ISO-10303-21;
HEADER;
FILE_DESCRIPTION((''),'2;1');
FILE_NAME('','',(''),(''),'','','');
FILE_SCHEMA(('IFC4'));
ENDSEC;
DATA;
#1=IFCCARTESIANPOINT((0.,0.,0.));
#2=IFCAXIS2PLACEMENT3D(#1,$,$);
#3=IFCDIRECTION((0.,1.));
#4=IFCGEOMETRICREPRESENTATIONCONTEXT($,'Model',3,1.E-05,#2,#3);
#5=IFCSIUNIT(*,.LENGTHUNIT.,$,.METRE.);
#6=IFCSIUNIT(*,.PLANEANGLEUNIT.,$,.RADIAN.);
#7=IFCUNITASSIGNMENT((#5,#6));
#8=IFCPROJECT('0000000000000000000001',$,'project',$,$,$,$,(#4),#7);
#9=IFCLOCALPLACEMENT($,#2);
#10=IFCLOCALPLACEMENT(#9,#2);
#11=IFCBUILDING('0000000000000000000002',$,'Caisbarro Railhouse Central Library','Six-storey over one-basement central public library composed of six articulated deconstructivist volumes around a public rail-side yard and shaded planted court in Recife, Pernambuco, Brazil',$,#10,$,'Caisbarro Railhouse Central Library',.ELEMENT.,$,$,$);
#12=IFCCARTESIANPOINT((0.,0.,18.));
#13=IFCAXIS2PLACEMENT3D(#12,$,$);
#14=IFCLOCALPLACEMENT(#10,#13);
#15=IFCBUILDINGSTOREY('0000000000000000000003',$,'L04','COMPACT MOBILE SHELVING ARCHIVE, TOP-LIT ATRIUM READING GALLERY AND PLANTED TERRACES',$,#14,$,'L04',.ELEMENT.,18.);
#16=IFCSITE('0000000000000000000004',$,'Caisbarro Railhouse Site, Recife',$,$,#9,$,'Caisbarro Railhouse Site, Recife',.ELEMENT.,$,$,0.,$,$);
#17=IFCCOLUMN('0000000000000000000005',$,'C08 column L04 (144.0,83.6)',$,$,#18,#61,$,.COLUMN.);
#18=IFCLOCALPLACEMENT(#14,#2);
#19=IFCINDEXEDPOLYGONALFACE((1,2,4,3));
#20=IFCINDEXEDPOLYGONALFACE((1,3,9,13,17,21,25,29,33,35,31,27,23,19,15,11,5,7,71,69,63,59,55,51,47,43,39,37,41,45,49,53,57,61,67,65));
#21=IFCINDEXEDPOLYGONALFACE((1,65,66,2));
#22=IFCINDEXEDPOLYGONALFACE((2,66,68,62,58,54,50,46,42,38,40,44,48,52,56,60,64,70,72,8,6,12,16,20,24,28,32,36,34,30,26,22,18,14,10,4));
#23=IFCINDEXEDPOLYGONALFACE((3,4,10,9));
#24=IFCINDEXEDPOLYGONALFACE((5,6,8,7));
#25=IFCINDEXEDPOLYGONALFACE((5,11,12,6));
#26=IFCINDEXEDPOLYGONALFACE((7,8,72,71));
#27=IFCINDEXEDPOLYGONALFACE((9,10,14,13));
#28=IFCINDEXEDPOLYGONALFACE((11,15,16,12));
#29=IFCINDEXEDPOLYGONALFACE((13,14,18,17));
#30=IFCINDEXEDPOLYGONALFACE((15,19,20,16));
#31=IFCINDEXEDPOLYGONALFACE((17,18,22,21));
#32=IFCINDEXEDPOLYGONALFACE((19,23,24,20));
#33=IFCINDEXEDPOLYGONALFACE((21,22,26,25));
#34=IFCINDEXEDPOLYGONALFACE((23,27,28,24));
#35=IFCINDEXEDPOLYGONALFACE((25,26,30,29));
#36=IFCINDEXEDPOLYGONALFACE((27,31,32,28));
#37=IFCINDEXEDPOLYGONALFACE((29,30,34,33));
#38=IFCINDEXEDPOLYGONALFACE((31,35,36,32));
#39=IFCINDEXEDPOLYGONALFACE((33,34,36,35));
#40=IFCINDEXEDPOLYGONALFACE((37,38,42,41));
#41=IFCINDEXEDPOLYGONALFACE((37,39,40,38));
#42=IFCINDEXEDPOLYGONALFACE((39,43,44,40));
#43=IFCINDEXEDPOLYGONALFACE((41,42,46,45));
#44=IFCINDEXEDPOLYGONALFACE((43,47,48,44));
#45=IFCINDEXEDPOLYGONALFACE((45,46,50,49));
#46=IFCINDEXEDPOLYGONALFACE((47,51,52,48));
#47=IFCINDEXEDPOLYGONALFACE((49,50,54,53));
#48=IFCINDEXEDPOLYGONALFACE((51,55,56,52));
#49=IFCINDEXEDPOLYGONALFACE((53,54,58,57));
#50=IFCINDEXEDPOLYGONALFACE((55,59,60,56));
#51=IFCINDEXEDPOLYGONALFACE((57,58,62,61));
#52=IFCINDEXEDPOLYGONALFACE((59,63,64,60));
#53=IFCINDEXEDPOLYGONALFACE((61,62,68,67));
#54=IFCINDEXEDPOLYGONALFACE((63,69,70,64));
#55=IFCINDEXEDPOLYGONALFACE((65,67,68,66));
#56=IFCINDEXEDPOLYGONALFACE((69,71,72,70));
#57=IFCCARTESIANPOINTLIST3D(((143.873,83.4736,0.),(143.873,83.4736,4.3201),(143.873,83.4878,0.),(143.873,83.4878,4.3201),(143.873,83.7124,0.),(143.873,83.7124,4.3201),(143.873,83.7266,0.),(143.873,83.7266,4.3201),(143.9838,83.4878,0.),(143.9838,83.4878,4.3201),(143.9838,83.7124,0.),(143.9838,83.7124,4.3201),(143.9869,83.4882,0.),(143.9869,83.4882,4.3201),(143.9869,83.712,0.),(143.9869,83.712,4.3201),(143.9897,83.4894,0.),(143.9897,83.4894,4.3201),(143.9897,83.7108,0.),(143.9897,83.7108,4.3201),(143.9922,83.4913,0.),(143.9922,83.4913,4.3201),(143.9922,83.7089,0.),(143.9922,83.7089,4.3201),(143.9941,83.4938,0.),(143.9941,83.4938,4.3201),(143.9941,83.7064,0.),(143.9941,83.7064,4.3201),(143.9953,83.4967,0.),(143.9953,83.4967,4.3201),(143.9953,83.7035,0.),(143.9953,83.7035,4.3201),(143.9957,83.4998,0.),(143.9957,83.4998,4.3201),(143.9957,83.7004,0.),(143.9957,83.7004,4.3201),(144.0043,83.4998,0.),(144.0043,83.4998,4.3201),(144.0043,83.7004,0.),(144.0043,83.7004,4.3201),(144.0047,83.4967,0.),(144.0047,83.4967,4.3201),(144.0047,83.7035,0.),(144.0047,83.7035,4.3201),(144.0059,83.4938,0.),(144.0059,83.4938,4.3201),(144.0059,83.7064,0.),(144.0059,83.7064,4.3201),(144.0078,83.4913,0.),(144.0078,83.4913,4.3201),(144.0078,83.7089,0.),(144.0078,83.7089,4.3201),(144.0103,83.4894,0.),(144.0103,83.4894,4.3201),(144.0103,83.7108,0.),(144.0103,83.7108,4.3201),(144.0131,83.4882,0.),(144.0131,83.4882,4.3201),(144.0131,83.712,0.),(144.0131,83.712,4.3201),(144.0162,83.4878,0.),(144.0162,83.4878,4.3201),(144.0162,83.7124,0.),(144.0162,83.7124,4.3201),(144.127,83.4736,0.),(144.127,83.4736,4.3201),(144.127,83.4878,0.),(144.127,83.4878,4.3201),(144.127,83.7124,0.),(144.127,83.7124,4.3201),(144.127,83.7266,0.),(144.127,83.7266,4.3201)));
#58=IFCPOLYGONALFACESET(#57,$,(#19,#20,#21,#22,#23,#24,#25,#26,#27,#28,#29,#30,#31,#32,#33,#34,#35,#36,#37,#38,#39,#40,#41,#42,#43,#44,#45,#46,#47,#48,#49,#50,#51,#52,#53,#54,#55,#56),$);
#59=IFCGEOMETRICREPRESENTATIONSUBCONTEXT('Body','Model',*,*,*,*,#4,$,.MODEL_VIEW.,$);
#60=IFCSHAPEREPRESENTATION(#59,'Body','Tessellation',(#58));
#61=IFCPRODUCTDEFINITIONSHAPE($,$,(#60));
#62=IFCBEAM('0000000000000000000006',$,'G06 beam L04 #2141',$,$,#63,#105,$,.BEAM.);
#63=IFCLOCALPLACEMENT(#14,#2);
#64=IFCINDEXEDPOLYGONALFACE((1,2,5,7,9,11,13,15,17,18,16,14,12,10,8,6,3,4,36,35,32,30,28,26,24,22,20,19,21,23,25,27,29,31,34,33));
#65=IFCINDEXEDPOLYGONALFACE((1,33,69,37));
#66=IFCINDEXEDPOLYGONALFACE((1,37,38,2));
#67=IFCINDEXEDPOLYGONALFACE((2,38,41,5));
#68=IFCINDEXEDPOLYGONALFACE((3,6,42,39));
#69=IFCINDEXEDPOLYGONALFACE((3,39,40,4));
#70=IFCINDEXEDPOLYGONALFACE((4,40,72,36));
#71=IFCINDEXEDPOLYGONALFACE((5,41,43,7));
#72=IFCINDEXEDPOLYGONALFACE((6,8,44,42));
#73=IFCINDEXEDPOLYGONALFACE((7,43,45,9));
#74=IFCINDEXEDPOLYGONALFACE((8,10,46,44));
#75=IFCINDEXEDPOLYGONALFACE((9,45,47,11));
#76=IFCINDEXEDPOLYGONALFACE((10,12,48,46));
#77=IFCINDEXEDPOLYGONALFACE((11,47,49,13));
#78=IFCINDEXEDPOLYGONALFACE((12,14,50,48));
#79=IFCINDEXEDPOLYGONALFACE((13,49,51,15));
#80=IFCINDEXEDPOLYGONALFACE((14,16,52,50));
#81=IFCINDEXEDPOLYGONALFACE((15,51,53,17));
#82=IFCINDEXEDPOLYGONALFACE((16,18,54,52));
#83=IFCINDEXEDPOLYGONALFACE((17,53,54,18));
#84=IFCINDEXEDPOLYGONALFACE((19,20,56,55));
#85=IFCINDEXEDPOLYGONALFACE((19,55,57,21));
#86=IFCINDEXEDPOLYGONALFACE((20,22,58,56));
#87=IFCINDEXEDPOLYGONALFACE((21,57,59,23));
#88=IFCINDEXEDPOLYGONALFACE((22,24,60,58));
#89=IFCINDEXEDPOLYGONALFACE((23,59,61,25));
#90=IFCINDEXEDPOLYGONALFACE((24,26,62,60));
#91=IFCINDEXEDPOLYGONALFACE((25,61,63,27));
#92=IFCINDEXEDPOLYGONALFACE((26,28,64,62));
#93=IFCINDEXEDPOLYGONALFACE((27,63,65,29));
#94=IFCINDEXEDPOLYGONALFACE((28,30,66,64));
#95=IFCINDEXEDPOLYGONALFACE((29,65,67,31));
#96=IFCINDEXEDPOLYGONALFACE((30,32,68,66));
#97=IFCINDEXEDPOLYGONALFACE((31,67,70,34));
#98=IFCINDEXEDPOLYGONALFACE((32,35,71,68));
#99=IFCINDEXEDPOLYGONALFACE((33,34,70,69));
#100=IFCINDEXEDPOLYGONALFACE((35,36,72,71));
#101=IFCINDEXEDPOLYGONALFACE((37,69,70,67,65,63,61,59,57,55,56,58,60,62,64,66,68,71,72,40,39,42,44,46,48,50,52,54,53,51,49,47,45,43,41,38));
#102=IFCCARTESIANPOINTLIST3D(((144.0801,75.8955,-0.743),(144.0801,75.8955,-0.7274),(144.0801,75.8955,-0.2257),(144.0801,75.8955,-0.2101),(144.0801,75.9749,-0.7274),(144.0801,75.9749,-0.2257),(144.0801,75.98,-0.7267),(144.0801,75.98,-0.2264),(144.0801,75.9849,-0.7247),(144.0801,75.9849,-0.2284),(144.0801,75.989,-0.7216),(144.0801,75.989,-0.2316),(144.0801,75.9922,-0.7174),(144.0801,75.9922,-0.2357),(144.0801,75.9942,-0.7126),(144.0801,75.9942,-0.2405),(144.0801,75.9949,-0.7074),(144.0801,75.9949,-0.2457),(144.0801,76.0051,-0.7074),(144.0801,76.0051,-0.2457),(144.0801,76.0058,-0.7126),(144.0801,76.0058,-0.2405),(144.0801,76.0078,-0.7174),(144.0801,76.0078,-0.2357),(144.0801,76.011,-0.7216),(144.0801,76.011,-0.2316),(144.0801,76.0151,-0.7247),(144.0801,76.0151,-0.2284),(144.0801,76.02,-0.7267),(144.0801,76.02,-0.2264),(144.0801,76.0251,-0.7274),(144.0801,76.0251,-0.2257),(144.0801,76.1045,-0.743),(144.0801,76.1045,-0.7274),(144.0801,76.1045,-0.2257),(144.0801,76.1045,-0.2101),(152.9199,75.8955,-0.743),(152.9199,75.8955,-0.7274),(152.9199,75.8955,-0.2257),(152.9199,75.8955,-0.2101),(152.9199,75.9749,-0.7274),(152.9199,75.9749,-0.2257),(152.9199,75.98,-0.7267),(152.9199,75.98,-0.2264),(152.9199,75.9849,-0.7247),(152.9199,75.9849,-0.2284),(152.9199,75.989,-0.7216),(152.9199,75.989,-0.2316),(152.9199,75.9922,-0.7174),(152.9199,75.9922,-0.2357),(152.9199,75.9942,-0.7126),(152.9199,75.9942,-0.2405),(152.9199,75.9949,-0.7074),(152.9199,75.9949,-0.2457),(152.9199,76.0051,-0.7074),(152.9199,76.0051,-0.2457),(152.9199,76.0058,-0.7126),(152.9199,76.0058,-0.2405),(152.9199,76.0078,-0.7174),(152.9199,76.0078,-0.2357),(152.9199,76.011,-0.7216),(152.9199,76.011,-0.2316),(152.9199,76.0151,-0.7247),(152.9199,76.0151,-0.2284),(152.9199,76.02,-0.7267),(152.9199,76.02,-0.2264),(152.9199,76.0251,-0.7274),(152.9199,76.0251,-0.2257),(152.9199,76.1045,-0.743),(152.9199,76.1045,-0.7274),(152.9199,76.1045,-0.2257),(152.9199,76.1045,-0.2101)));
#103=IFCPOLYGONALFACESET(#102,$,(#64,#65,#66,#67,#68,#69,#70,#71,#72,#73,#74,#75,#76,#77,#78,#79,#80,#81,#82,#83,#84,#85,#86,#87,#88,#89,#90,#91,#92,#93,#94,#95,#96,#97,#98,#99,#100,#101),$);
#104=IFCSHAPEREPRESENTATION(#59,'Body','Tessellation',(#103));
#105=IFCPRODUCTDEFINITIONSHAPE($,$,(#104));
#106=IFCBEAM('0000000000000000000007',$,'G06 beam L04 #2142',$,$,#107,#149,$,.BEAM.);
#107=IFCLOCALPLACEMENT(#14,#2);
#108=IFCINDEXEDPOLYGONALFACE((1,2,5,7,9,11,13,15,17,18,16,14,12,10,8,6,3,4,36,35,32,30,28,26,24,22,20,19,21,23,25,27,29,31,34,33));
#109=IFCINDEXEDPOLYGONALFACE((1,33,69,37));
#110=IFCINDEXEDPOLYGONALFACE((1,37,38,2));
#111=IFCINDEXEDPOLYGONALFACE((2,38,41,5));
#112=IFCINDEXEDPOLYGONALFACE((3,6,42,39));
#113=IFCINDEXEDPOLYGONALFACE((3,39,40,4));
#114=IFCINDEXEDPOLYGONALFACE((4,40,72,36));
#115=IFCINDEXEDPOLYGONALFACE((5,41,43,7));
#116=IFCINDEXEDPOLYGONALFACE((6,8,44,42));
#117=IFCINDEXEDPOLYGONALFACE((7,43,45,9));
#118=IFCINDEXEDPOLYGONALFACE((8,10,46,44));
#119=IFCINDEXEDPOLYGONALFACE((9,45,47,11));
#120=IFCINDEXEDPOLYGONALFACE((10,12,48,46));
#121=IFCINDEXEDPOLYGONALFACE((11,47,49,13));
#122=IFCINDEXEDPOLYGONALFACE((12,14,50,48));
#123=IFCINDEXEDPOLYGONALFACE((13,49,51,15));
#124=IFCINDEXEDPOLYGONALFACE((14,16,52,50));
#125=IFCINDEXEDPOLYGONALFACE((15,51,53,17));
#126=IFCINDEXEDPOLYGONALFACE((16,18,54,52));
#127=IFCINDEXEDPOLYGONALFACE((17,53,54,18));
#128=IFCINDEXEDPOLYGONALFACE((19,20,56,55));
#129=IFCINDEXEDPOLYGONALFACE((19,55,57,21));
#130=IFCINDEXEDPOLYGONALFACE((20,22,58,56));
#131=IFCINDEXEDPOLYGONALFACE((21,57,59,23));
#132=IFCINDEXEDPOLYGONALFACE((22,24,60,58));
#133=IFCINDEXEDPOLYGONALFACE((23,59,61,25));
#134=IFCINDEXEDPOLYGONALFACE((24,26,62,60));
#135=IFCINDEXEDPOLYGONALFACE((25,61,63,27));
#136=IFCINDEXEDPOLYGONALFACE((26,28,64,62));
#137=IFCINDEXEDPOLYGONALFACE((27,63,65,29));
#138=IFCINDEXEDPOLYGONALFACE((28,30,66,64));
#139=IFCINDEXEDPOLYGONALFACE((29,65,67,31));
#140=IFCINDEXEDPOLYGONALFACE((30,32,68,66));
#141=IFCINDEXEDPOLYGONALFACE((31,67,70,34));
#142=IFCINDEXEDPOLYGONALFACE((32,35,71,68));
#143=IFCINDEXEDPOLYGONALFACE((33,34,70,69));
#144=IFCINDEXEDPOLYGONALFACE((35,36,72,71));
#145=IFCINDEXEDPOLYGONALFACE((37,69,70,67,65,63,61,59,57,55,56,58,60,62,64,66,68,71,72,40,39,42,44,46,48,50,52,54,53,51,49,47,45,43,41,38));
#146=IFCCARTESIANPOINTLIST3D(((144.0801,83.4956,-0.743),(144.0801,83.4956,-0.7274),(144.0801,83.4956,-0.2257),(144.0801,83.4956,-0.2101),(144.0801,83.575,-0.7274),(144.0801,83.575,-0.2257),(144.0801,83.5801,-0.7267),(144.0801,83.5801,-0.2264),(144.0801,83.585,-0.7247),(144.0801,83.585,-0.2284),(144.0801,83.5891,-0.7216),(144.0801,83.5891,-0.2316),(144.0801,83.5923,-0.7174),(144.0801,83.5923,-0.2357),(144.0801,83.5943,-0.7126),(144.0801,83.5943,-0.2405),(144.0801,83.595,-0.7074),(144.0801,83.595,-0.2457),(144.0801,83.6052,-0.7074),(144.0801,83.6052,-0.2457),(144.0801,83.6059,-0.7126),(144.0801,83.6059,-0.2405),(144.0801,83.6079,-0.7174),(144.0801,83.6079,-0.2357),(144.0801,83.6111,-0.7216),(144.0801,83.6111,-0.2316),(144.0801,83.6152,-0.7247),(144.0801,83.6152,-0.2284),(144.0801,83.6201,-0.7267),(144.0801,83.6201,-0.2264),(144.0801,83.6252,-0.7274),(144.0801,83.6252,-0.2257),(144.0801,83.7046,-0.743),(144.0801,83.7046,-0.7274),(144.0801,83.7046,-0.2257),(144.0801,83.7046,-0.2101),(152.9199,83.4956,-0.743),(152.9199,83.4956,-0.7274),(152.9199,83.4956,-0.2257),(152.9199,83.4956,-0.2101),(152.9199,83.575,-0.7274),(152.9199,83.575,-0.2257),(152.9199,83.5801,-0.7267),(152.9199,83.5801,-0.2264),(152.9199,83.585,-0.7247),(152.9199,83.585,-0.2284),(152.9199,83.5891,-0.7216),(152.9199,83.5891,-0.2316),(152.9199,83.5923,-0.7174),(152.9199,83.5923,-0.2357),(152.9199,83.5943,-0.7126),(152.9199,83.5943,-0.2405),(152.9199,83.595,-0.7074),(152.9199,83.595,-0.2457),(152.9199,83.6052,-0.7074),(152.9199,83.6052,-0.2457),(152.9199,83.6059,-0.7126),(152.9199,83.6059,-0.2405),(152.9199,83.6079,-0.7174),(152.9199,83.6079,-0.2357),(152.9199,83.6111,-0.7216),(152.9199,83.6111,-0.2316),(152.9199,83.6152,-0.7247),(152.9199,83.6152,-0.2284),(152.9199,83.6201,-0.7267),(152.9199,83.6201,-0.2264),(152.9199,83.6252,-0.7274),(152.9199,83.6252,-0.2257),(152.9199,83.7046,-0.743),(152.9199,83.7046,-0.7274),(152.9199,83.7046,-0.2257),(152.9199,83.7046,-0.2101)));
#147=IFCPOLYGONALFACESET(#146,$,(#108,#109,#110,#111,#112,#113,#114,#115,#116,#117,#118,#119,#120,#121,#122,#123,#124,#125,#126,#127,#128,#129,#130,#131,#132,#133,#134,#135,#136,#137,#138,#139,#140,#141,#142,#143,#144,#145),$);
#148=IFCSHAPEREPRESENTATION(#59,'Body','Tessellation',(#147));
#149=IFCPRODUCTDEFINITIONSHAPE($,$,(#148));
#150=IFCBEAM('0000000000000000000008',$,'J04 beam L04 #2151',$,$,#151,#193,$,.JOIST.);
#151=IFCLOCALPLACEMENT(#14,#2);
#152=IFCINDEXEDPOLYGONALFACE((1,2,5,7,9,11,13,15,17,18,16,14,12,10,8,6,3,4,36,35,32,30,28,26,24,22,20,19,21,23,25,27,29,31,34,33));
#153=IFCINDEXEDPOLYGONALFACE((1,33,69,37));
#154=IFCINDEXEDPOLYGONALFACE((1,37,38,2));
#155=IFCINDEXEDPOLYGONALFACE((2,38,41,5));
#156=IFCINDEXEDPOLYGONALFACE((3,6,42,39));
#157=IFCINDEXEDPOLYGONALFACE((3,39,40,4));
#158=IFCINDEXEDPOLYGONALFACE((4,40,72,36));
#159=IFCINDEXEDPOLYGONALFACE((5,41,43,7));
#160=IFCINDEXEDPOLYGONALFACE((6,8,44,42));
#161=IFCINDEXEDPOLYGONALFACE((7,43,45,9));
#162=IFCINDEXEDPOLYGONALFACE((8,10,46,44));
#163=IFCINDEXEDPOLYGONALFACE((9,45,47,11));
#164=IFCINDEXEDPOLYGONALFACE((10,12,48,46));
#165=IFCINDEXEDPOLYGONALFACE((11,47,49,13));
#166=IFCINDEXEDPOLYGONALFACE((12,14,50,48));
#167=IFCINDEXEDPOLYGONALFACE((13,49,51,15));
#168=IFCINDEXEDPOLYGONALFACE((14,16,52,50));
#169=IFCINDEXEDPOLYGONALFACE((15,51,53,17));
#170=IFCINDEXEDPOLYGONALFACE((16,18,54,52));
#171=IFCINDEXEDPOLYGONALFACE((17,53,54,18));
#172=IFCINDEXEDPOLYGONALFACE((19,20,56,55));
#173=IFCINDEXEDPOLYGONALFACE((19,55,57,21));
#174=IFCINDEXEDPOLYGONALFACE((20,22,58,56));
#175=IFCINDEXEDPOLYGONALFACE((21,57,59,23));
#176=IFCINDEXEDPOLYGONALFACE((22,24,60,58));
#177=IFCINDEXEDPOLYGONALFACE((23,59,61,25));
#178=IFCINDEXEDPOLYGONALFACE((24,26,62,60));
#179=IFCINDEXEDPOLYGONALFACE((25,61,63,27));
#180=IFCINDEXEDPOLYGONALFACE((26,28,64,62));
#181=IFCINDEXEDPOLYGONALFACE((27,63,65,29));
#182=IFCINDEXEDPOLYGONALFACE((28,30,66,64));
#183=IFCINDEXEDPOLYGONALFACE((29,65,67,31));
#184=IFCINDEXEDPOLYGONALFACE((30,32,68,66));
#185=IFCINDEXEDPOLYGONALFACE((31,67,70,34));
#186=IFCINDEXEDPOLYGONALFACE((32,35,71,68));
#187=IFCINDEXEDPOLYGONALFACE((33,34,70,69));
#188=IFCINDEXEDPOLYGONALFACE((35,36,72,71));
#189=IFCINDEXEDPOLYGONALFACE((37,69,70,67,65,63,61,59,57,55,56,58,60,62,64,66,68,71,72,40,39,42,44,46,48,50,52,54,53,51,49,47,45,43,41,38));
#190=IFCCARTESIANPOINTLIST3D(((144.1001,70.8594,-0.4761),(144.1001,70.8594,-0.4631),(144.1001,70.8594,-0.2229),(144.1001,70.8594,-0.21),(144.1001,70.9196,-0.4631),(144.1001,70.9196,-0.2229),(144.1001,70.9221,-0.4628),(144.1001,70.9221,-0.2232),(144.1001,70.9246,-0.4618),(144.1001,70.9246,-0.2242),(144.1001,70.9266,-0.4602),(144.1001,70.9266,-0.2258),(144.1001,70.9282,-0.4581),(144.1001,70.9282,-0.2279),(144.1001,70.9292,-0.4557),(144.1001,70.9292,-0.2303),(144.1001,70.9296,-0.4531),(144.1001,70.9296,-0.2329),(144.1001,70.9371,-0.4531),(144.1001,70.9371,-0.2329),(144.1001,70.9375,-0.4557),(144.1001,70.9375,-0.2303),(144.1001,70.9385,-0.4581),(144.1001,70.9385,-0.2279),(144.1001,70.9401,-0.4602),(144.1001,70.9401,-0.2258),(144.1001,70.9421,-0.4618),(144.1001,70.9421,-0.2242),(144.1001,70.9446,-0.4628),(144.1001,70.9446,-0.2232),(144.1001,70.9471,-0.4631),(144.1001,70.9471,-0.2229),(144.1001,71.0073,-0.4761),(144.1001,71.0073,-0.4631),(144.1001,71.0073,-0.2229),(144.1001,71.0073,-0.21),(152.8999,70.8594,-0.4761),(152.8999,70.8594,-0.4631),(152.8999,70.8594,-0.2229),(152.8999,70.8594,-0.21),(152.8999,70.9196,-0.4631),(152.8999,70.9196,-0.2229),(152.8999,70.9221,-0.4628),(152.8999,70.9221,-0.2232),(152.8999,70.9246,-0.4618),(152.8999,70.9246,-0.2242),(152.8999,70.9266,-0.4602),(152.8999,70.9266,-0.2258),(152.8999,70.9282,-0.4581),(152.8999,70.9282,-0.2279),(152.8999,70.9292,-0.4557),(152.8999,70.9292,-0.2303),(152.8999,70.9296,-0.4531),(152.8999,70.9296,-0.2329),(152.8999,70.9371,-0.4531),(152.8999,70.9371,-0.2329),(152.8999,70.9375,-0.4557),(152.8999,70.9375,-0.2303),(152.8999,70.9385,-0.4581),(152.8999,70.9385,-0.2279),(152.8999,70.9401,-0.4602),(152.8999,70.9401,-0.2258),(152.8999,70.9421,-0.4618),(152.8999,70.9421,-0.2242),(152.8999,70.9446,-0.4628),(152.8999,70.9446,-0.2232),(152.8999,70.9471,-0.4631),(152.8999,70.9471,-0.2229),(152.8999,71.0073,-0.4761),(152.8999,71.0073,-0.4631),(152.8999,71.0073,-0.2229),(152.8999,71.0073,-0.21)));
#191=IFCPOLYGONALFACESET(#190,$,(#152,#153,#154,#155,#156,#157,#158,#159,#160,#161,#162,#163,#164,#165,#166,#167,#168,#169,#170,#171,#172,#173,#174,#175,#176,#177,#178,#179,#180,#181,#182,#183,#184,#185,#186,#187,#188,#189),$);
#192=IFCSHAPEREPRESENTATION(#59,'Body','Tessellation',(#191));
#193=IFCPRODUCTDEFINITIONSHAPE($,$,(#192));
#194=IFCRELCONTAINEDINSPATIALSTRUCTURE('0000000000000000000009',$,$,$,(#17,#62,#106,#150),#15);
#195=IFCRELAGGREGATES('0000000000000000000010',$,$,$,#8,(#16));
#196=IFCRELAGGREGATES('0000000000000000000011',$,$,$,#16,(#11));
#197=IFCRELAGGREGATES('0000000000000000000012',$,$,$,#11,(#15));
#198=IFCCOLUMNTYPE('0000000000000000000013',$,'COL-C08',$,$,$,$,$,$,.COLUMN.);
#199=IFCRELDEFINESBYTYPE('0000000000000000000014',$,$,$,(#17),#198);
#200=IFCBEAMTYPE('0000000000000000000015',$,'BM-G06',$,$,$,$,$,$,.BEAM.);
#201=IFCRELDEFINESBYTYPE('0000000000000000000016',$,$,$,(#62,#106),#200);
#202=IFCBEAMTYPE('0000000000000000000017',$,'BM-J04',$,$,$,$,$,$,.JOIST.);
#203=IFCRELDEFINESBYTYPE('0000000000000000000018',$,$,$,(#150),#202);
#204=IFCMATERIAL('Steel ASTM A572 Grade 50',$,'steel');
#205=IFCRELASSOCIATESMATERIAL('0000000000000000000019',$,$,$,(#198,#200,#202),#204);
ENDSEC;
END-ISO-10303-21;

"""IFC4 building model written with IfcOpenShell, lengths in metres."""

from ifc_helpers import new_model, si_unit, direction, frame, origin, origin_2d, place, context, subcontext, project, spatial, i_section, extrude, material, material_profile, profile_set, type_object, element, save


model = new_model("IFC4")

# Units and contexts
model_context = context("Model", 3, precision=1e-05, world=origin(), true_north=direction((0.0, 1.0)))
body_context = subcontext(model_context, "Body", "Model", "MODEL_VIEW")
ifc_project = project(units=[si_unit("LENGTHUNIT", "METRE"), si_unit("PLANEANGLEUNIT", "RADIAN")], contexts=[model_context])

# Site, building, storey
site_placement = place(None, origin())
site = spatial("IfcSite", under=ifc_project, at=site_placement, Name="Caisbarro Railhouse Site, Recife", LongName="Caisbarro Railhouse Site, Recife", CompositionType="ELEMENT", RefElevation=0.0)
building_placement = place(site_placement, origin())
building = spatial("IfcBuilding", under=site, at=building_placement, Name="Caisbarro Railhouse Central Library", Description="Six-storey over one-basement central public library composed of six articulated deconstructivist volumes around a public rail-side yard and shaded planted court in Recife, Pernambuco, Brazil", LongName="Caisbarro Railhouse Central Library", CompositionType="ELEMENT")
storey_placement = place(building_placement, frame((0.0, 0.0, 18.0)))
storey = spatial("IfcBuildingStorey", under=building, at=storey_placement, Name="L04", Description="COMPACT MOBILE SHELVING ARCHIVE, TOP-LIT ATRIUM READING GALLERY AND PLANTED TERRACES", LongName="L04", CompositionType="ELEMENT", Elevation=18.0)

# Column
ifc_material_1 = material(Name="Steel ASTM A572 Grade 50", Category="steel")
ifc_material_profile_1 = material_profile(ifc_material_1, i_section(OverallWidth=0.2539, OverallDepth=0.2529, WebThickness=0.0085, FlangeThickness=0.0142, FilletRadius=0.012, at=origin_2d()), Name="W250X73.0")
ifc_profile_set_1 = profile_set([ifc_material_profile_1], Name="Steel ASTM A572 Grade 50")
column_type = type_object("IfcColumnType", Name="COL-C08", PredefinedType="COLUMN", material=ifc_profile_set_1)
column_placement = place(storey_placement, frame((144.0, 83.6001, 0.0), z_axis=(0.0, 0.0, 1.0), x_axis=(1.0, 0.0, 0.0)))
element("IfcColumn", 1, at=column_placement, inside=storey, type_object=column_type, Name="C08 column L04 (144.0,83.6)", PredefinedType="COLUMN", context=body_context, shape_type="SweptSolid", body=[
    extrude(i_section(OverallWidth=0.2539, OverallDepth=0.2529, WebThickness=0.0085, FlangeThickness=0.0142, FilletRadius=0.012, at=origin_2d()), origin(), (0.0, 0.0, 1.0), 4.3201),
])

# Beams
ifc_material_profile_2 = material_profile(ifc_material_1, i_section(OverallWidth=0.209, OverallDepth=0.533, WebThickness=0.0103, FlangeThickness=0.0156, FilletRadius=0.02, at=origin_2d()), Name="W530X92.0")
ifc_profile_set_2 = profile_set([ifc_material_profile_2], Name="Steel ASTM A572 Grade 50")
beam_type_1 = type_object("IfcBeamType", Name="BM-G06", PredefinedType="BEAM", material=ifc_profile_set_2)
for number, where, z_axis, x_axis, name in (
    (2, (144.0801, 76.0, -0.4766), (1.0, 0.0, 0.0), (0.0, 1.0, 0.0), "G06 beam L04 #2141"),
    (3, (144.0801, 83.6001, -0.4766), (1.0, 0.0, 0.0), (0.0, 1.0, 0.0), "G06 beam L04 #2142"),
):
    element("IfcBeam", number, at=place(storey_placement, frame(where, z_axis=z_axis, x_axis=x_axis)), inside=storey, type_object=beam_type_1, Name=name, PredefinedType="BEAM", context=body_context, shape_type="SweptSolid", body=[
        extrude(i_section(OverallWidth=0.209, OverallDepth=0.533, WebThickness=0.0103, FlangeThickness=0.0156, FilletRadius=0.02, at=origin_2d()), origin(), (0.0, 0.0, 1.0), 8.8398),
    ])
ifc_material_profile_3 = material_profile(ifc_material_1, i_section(OverallWidth=0.1479, OverallDepth=0.2661, WebThickness=0.0076, FlangeThickness=0.0129, FilletRadius=0.01, at=origin_2d()), Name="W250X44.8")
ifc_profile_set_3 = profile_set([ifc_material_profile_3], Name="Steel ASTM A572 Grade 50")
beam_type_2 = type_object("IfcBeamType", Name="BM-J04", PredefinedType="JOIST", material=ifc_profile_set_3)
for number, where, z_axis, x_axis, name in (
    (4, (144.1001, 70.9333, -0.343), (1.0, 0.0, 0.0), (0.0, 1.0, 0.0), "J04 beam L04 #2151"),
):
    element("IfcBeam", number, at=place(storey_placement, frame(where, z_axis=z_axis, x_axis=x_axis)), inside=storey, type_object=beam_type_2, Name=name, PredefinedType="JOIST", context=body_context, shape_type="SweptSolid", body=[
        extrude(i_section(OverallWidth=0.1479, OverallDepth=0.2661, WebThickness=0.0076, FlangeThickness=0.0129, FilletRadius=0.01, at=origin_2d()), origin(), (0.0, 0.0, 1.0), 8.7998),
    ])

save(model, "model.ifc")
